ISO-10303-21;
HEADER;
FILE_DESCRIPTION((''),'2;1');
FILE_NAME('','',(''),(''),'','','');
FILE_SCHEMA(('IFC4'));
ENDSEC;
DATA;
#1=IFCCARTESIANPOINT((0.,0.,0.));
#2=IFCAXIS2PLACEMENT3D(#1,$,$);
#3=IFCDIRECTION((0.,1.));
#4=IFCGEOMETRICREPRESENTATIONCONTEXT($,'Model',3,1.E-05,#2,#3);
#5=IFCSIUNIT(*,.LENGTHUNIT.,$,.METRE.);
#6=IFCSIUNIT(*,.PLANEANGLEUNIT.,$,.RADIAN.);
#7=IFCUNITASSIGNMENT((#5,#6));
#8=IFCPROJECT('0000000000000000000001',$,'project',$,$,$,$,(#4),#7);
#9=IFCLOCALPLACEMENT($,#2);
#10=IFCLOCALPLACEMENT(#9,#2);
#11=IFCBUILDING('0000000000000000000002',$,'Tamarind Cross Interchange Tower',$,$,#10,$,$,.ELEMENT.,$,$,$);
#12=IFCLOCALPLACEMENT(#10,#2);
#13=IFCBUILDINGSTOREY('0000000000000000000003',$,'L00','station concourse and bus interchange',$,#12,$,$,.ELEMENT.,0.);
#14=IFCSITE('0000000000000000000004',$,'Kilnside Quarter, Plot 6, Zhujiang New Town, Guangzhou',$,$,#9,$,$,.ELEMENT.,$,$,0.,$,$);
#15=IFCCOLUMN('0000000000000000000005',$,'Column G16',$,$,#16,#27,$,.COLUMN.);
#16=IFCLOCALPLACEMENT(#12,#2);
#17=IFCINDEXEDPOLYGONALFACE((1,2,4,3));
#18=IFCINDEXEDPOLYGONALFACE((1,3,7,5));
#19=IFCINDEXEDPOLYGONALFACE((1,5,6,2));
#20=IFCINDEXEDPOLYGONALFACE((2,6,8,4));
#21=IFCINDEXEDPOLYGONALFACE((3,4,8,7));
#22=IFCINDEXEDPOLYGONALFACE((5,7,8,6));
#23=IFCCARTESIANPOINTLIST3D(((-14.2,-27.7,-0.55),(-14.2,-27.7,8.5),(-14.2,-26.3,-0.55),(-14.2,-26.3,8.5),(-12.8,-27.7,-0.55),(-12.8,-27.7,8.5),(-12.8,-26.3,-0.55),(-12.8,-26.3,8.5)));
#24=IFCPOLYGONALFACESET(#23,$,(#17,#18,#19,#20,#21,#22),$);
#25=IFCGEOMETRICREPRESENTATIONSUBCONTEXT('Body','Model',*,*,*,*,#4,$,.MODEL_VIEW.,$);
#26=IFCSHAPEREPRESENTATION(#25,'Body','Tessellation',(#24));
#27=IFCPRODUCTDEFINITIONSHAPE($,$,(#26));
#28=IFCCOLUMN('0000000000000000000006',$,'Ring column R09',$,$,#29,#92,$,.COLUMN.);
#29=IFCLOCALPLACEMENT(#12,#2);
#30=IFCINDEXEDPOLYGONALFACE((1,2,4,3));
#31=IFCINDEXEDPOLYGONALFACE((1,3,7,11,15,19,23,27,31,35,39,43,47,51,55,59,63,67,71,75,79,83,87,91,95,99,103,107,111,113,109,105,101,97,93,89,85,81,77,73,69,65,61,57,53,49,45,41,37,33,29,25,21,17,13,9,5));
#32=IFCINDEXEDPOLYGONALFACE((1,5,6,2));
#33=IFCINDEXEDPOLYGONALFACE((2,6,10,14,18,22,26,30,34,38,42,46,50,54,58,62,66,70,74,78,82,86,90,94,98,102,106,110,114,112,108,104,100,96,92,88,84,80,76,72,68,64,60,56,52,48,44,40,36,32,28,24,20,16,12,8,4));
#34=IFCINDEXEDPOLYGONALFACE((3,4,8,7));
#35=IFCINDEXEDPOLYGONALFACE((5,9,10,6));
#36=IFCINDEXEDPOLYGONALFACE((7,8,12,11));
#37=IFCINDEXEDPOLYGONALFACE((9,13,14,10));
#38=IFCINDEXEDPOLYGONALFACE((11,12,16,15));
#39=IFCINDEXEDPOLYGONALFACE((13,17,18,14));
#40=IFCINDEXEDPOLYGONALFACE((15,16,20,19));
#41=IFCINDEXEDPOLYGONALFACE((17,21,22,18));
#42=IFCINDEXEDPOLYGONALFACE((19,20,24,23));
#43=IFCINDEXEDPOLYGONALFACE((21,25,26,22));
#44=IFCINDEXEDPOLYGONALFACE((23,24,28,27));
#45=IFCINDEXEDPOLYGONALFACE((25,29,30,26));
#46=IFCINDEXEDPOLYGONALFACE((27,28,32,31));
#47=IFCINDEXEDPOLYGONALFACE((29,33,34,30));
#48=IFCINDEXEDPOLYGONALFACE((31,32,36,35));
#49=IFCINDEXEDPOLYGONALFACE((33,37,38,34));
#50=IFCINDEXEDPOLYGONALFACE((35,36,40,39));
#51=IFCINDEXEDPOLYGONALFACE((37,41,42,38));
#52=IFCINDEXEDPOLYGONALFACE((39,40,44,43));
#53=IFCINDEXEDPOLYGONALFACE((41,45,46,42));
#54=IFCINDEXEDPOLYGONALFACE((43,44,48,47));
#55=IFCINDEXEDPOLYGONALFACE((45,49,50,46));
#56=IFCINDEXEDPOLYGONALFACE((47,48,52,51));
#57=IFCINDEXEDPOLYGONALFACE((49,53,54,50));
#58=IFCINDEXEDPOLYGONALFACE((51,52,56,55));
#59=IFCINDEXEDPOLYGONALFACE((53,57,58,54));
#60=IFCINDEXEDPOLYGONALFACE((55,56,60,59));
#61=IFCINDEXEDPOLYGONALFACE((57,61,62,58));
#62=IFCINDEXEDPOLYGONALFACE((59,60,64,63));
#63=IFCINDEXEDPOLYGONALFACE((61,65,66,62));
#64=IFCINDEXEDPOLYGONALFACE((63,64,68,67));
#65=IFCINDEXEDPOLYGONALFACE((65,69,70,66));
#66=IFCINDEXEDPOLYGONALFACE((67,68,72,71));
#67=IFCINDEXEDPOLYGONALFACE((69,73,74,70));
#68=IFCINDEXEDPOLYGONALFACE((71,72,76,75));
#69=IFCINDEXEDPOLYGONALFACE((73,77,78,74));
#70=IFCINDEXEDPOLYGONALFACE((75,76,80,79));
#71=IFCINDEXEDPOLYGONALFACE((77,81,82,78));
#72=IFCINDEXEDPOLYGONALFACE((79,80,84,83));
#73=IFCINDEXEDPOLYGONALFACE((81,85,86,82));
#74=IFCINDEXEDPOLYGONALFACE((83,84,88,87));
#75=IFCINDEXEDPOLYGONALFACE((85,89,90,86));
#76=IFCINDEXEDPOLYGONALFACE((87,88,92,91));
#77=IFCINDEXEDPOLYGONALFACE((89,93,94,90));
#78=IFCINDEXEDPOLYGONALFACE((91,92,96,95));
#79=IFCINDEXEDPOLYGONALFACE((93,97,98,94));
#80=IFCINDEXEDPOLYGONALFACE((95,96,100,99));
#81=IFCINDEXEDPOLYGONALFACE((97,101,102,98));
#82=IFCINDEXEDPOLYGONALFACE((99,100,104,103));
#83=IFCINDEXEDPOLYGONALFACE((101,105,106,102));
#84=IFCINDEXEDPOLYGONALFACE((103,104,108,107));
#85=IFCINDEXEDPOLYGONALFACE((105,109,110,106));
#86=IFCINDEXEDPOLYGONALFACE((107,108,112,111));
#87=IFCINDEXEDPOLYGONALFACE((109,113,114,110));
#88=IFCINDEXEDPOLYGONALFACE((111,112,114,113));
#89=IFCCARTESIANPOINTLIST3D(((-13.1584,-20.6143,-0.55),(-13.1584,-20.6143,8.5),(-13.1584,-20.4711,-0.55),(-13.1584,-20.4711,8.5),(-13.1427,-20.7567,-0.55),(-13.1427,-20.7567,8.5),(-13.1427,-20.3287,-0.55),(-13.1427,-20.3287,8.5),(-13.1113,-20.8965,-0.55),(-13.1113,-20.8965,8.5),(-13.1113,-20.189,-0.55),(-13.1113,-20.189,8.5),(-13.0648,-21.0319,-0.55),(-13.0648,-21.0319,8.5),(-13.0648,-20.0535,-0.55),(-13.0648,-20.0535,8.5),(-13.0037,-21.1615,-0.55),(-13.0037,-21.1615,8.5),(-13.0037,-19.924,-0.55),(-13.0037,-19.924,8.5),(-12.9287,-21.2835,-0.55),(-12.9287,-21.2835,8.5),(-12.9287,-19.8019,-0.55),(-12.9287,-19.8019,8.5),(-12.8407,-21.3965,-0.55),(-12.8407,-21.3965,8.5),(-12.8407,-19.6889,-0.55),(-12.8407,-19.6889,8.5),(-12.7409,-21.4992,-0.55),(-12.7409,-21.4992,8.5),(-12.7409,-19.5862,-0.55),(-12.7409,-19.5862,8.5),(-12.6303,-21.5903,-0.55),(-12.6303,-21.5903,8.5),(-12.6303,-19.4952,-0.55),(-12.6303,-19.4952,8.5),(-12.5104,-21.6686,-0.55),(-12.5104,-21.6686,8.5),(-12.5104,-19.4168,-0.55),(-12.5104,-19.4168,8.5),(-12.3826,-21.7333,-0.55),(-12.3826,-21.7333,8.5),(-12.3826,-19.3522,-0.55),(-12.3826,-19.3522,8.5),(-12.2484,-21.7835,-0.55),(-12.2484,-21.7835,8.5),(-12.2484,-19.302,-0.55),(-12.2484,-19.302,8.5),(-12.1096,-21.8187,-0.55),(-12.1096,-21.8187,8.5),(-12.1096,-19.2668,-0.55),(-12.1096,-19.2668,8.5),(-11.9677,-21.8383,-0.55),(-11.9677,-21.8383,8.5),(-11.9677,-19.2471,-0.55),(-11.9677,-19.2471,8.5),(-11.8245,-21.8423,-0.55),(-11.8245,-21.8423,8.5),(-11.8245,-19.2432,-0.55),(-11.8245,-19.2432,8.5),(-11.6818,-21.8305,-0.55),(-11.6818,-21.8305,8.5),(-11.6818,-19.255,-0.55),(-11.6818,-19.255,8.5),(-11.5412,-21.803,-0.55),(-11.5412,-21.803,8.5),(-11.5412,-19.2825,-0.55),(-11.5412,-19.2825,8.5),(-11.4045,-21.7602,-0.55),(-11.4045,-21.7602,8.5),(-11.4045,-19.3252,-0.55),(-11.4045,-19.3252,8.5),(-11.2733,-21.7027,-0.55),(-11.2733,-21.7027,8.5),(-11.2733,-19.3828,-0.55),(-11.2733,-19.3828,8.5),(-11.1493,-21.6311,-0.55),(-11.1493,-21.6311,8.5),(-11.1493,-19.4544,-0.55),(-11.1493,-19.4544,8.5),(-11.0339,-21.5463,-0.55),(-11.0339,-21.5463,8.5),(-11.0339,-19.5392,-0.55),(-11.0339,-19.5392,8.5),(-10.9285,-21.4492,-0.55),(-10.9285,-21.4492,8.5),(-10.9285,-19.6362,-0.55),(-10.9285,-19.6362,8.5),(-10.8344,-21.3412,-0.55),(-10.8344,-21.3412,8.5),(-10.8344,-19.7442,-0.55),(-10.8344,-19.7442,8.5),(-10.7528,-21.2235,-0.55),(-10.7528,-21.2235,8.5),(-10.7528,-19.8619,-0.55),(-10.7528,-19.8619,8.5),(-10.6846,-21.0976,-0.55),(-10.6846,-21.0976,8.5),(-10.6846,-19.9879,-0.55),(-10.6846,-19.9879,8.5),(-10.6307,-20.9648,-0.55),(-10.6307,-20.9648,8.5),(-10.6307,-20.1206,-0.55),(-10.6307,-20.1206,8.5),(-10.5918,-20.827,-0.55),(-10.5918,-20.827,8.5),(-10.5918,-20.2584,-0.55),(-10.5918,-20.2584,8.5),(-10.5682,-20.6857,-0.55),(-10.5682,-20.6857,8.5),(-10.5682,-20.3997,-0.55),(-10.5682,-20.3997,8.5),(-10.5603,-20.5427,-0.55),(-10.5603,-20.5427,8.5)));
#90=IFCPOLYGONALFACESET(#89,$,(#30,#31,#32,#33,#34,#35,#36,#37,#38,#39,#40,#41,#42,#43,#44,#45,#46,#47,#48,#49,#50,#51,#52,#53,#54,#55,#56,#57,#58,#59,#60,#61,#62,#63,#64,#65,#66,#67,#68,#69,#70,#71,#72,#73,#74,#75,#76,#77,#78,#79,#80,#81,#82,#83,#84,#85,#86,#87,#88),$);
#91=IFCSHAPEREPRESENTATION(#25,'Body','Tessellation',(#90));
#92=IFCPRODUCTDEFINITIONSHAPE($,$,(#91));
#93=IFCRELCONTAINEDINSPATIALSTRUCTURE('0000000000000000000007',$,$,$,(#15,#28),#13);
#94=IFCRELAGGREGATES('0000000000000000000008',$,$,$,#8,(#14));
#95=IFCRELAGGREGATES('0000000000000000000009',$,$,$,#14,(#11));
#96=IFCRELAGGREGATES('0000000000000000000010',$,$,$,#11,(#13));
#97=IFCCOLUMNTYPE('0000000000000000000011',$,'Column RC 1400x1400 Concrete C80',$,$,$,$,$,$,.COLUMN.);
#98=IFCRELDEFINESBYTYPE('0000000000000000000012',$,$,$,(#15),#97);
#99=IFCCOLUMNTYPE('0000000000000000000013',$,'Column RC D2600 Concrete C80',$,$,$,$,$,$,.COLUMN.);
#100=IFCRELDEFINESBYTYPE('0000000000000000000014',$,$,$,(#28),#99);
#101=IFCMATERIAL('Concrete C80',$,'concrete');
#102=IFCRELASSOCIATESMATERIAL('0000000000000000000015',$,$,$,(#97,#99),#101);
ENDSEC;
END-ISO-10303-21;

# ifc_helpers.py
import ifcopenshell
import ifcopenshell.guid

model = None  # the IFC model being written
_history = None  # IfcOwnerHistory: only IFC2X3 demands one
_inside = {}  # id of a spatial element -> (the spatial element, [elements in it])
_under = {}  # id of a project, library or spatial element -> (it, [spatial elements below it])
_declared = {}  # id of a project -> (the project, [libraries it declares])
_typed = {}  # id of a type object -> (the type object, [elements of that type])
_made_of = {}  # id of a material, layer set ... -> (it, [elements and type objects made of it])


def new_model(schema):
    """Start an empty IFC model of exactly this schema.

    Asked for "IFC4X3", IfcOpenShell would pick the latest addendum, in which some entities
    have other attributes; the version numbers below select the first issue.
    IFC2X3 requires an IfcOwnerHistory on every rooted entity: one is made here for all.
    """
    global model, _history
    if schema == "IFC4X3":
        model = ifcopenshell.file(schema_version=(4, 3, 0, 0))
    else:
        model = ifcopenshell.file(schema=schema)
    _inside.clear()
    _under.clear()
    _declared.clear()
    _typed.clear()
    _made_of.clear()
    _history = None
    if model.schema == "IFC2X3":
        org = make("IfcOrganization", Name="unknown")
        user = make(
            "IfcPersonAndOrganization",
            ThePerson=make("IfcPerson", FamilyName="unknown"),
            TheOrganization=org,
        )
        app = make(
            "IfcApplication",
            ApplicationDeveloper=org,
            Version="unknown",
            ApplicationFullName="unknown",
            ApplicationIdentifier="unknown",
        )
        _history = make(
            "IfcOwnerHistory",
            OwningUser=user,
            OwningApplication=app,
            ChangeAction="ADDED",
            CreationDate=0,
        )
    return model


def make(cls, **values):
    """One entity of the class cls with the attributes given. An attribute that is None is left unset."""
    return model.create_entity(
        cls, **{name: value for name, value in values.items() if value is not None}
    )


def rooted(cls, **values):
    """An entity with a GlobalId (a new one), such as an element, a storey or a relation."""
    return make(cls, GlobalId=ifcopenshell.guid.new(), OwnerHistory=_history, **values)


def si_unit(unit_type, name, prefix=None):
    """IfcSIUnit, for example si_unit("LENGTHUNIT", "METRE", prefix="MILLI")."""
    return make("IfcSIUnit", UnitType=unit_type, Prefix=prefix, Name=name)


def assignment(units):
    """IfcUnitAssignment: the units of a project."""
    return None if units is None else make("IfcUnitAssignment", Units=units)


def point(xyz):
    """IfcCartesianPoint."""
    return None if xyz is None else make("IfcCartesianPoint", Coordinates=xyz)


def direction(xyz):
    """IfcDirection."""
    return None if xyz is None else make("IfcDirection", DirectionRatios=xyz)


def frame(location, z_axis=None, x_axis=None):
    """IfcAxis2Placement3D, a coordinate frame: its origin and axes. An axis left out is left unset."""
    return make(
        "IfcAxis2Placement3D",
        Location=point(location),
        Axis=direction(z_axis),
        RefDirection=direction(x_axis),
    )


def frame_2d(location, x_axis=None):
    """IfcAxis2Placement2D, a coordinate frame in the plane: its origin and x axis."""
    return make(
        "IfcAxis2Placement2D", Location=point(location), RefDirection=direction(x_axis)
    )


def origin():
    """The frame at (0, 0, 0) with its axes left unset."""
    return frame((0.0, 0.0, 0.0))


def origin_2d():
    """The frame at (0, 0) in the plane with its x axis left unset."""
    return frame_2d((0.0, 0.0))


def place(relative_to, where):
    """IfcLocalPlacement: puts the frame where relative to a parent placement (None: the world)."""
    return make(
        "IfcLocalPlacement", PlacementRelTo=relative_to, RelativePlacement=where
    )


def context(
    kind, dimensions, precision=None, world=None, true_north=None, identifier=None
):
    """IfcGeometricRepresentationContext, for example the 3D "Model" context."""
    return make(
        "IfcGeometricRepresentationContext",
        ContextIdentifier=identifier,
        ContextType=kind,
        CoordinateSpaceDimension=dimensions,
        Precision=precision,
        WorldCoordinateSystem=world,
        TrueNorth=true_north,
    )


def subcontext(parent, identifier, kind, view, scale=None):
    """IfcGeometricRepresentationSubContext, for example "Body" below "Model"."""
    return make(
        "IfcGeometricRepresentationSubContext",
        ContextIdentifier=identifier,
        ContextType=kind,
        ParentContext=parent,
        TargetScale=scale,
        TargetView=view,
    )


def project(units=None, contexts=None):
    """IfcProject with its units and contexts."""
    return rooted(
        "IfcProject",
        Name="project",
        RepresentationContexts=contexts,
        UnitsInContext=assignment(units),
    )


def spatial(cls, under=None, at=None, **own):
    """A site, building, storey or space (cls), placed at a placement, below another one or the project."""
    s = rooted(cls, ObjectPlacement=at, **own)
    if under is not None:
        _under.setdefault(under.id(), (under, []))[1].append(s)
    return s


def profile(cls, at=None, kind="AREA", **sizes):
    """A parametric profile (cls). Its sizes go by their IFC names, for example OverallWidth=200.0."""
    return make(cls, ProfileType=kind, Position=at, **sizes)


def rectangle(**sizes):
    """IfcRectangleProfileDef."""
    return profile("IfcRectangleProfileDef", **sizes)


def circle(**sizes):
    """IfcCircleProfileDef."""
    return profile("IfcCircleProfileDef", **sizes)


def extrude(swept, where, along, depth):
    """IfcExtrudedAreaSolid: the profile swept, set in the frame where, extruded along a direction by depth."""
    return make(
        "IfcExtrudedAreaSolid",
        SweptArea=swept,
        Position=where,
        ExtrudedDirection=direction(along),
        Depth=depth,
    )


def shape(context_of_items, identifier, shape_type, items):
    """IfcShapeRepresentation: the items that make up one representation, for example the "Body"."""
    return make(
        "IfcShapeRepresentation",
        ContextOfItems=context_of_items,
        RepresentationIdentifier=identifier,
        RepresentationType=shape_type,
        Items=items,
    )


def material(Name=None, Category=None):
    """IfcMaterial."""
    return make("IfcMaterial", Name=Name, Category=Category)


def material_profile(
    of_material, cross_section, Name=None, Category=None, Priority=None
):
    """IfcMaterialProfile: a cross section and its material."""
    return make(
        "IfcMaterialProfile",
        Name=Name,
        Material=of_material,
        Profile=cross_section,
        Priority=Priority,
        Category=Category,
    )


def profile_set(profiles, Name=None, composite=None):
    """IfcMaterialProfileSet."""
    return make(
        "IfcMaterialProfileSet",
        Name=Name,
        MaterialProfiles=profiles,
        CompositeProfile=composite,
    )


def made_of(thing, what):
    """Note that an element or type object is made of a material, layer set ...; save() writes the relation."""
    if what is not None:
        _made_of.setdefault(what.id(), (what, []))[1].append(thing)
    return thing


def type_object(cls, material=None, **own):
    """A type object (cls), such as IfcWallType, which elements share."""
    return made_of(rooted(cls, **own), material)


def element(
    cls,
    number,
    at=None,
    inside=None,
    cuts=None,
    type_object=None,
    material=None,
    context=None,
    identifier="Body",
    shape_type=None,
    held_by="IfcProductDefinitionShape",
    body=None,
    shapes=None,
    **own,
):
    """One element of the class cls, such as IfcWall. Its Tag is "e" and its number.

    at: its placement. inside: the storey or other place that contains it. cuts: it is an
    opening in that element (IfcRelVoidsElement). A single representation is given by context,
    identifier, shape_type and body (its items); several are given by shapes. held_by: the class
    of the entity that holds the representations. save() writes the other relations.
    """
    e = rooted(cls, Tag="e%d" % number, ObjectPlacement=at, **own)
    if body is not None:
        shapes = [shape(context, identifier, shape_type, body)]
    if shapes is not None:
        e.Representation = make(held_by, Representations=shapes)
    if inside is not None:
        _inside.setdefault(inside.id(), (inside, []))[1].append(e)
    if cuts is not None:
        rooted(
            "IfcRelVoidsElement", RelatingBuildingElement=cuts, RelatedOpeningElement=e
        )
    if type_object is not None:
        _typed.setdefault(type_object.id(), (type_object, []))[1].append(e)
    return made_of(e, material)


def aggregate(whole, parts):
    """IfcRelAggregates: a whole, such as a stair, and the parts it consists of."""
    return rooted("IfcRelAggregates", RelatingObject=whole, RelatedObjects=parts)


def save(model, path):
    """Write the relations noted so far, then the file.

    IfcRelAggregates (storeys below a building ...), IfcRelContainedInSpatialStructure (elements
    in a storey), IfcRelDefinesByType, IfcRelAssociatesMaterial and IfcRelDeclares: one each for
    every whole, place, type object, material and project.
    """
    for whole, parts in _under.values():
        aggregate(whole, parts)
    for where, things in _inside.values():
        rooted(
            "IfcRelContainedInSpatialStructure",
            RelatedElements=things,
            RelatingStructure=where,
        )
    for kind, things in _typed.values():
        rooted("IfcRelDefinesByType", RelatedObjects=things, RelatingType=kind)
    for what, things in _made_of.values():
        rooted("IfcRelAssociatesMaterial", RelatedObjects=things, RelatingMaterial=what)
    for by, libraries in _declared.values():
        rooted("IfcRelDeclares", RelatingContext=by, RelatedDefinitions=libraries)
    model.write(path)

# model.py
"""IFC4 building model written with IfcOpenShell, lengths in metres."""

from ifc_helpers import new_model, si_unit, direction, frame, origin, origin_2d, place, context, subcontext, project, spatial, rectangle, circle, extrude, material, material_profile, profile_set, type_object, element, save


model = new_model("IFC4")

# Units and contexts
model_context = context("Model", 3, precision=1e-05, world=origin(), true_north=direction((0.0, 1.0)))
body_context = subcontext(model_context, "Body", "Model", "MODEL_VIEW")
ifc_project = project(units=[si_unit("LENGTHUNIT", "METRE"), si_unit("PLANEANGLEUNIT", "RADIAN")], contexts=[model_context])

# Site, building, storey
site_placement = place(None, origin())
site = spatial("IfcSite", under=ifc_project, at=site_placement, Name="Kilnside Quarter, Plot 6, Zhujiang New Town, Guangzhou", CompositionType="ELEMENT", RefElevation=0.0)
building_placement = place(site_placement, origin())
building = spatial("IfcBuilding", under=site, at=building_placement, Name="Tamarind Cross Interchange Tower", CompositionType="ELEMENT")
storey_placement = place(building_placement, origin())
storey = spatial("IfcBuildingStorey", under=building, at=storey_placement, Name="L00", Description="station concourse and bus interchange", CompositionType="ELEMENT", Elevation=0.0)

# Columns
ifc_material_1 = material(Name="Concrete C80", Category="concrete")
ifc_material_profile_1 = material_profile(ifc_material_1, rectangle(XDim=1.3999, YDim=1.3999, at=origin_2d()), Name="RC 1400x1400")
ifc_profile_set_1 = profile_set([ifc_material_profile_1], Name="Concrete C80")
column_type_1 = type_object("IfcColumnType", Name="Column RC 1400x1400 Concrete C80", PredefinedType="COLUMN", material=ifc_profile_set_1)
column_1_placement = place(storey_placement, frame((-13.5, -27.0, -0.55), z_axis=(0.0, 0.0, 1.0), x_axis=(1.0, 0.0, 0.0)))
element("IfcColumn", 1, at=column_1_placement, inside=storey, type_object=column_type_1, Name="Column G16", PredefinedType="COLUMN", context=body_context, shape_type="SweptSolid", body=[
    extrude(rectangle(XDim=1.3999, YDim=1.3999, at=origin_2d()), origin(), (0.0, 0.0, 1.0), 9.05),
])
ifc_material_profile_2 = material_profile(ifc_material_1, circle(Radius=1.3, at=origin_2d()), Name="RC D2600")
ifc_profile_set_2 = profile_set([ifc_material_profile_2], Name="Concrete C80")
column_type_2 = type_object("IfcColumnType", Name="Column RC D2600 Concrete C80", PredefinedType="COLUMN", material=ifc_profile_set_2)
column_2_placement = place(storey_placement, frame((-11.8604, -20.5427, -0.55), z_axis=(0.0, 0.0, 1.0), x_axis=(1.0, 0.0, 0.0)))
element("IfcColumn", 2, at=column_2_placement, inside=storey, type_object=column_type_2, Name="Ring column R09", PredefinedType="COLUMN", context=body_context, shape_type="SweptSolid", body=[
    extrude(circle(Radius=1.3, at=origin_2d()), origin(), (0.0, 0.0, 1.0), 9.05),
])

save(model, "model.ifc")
